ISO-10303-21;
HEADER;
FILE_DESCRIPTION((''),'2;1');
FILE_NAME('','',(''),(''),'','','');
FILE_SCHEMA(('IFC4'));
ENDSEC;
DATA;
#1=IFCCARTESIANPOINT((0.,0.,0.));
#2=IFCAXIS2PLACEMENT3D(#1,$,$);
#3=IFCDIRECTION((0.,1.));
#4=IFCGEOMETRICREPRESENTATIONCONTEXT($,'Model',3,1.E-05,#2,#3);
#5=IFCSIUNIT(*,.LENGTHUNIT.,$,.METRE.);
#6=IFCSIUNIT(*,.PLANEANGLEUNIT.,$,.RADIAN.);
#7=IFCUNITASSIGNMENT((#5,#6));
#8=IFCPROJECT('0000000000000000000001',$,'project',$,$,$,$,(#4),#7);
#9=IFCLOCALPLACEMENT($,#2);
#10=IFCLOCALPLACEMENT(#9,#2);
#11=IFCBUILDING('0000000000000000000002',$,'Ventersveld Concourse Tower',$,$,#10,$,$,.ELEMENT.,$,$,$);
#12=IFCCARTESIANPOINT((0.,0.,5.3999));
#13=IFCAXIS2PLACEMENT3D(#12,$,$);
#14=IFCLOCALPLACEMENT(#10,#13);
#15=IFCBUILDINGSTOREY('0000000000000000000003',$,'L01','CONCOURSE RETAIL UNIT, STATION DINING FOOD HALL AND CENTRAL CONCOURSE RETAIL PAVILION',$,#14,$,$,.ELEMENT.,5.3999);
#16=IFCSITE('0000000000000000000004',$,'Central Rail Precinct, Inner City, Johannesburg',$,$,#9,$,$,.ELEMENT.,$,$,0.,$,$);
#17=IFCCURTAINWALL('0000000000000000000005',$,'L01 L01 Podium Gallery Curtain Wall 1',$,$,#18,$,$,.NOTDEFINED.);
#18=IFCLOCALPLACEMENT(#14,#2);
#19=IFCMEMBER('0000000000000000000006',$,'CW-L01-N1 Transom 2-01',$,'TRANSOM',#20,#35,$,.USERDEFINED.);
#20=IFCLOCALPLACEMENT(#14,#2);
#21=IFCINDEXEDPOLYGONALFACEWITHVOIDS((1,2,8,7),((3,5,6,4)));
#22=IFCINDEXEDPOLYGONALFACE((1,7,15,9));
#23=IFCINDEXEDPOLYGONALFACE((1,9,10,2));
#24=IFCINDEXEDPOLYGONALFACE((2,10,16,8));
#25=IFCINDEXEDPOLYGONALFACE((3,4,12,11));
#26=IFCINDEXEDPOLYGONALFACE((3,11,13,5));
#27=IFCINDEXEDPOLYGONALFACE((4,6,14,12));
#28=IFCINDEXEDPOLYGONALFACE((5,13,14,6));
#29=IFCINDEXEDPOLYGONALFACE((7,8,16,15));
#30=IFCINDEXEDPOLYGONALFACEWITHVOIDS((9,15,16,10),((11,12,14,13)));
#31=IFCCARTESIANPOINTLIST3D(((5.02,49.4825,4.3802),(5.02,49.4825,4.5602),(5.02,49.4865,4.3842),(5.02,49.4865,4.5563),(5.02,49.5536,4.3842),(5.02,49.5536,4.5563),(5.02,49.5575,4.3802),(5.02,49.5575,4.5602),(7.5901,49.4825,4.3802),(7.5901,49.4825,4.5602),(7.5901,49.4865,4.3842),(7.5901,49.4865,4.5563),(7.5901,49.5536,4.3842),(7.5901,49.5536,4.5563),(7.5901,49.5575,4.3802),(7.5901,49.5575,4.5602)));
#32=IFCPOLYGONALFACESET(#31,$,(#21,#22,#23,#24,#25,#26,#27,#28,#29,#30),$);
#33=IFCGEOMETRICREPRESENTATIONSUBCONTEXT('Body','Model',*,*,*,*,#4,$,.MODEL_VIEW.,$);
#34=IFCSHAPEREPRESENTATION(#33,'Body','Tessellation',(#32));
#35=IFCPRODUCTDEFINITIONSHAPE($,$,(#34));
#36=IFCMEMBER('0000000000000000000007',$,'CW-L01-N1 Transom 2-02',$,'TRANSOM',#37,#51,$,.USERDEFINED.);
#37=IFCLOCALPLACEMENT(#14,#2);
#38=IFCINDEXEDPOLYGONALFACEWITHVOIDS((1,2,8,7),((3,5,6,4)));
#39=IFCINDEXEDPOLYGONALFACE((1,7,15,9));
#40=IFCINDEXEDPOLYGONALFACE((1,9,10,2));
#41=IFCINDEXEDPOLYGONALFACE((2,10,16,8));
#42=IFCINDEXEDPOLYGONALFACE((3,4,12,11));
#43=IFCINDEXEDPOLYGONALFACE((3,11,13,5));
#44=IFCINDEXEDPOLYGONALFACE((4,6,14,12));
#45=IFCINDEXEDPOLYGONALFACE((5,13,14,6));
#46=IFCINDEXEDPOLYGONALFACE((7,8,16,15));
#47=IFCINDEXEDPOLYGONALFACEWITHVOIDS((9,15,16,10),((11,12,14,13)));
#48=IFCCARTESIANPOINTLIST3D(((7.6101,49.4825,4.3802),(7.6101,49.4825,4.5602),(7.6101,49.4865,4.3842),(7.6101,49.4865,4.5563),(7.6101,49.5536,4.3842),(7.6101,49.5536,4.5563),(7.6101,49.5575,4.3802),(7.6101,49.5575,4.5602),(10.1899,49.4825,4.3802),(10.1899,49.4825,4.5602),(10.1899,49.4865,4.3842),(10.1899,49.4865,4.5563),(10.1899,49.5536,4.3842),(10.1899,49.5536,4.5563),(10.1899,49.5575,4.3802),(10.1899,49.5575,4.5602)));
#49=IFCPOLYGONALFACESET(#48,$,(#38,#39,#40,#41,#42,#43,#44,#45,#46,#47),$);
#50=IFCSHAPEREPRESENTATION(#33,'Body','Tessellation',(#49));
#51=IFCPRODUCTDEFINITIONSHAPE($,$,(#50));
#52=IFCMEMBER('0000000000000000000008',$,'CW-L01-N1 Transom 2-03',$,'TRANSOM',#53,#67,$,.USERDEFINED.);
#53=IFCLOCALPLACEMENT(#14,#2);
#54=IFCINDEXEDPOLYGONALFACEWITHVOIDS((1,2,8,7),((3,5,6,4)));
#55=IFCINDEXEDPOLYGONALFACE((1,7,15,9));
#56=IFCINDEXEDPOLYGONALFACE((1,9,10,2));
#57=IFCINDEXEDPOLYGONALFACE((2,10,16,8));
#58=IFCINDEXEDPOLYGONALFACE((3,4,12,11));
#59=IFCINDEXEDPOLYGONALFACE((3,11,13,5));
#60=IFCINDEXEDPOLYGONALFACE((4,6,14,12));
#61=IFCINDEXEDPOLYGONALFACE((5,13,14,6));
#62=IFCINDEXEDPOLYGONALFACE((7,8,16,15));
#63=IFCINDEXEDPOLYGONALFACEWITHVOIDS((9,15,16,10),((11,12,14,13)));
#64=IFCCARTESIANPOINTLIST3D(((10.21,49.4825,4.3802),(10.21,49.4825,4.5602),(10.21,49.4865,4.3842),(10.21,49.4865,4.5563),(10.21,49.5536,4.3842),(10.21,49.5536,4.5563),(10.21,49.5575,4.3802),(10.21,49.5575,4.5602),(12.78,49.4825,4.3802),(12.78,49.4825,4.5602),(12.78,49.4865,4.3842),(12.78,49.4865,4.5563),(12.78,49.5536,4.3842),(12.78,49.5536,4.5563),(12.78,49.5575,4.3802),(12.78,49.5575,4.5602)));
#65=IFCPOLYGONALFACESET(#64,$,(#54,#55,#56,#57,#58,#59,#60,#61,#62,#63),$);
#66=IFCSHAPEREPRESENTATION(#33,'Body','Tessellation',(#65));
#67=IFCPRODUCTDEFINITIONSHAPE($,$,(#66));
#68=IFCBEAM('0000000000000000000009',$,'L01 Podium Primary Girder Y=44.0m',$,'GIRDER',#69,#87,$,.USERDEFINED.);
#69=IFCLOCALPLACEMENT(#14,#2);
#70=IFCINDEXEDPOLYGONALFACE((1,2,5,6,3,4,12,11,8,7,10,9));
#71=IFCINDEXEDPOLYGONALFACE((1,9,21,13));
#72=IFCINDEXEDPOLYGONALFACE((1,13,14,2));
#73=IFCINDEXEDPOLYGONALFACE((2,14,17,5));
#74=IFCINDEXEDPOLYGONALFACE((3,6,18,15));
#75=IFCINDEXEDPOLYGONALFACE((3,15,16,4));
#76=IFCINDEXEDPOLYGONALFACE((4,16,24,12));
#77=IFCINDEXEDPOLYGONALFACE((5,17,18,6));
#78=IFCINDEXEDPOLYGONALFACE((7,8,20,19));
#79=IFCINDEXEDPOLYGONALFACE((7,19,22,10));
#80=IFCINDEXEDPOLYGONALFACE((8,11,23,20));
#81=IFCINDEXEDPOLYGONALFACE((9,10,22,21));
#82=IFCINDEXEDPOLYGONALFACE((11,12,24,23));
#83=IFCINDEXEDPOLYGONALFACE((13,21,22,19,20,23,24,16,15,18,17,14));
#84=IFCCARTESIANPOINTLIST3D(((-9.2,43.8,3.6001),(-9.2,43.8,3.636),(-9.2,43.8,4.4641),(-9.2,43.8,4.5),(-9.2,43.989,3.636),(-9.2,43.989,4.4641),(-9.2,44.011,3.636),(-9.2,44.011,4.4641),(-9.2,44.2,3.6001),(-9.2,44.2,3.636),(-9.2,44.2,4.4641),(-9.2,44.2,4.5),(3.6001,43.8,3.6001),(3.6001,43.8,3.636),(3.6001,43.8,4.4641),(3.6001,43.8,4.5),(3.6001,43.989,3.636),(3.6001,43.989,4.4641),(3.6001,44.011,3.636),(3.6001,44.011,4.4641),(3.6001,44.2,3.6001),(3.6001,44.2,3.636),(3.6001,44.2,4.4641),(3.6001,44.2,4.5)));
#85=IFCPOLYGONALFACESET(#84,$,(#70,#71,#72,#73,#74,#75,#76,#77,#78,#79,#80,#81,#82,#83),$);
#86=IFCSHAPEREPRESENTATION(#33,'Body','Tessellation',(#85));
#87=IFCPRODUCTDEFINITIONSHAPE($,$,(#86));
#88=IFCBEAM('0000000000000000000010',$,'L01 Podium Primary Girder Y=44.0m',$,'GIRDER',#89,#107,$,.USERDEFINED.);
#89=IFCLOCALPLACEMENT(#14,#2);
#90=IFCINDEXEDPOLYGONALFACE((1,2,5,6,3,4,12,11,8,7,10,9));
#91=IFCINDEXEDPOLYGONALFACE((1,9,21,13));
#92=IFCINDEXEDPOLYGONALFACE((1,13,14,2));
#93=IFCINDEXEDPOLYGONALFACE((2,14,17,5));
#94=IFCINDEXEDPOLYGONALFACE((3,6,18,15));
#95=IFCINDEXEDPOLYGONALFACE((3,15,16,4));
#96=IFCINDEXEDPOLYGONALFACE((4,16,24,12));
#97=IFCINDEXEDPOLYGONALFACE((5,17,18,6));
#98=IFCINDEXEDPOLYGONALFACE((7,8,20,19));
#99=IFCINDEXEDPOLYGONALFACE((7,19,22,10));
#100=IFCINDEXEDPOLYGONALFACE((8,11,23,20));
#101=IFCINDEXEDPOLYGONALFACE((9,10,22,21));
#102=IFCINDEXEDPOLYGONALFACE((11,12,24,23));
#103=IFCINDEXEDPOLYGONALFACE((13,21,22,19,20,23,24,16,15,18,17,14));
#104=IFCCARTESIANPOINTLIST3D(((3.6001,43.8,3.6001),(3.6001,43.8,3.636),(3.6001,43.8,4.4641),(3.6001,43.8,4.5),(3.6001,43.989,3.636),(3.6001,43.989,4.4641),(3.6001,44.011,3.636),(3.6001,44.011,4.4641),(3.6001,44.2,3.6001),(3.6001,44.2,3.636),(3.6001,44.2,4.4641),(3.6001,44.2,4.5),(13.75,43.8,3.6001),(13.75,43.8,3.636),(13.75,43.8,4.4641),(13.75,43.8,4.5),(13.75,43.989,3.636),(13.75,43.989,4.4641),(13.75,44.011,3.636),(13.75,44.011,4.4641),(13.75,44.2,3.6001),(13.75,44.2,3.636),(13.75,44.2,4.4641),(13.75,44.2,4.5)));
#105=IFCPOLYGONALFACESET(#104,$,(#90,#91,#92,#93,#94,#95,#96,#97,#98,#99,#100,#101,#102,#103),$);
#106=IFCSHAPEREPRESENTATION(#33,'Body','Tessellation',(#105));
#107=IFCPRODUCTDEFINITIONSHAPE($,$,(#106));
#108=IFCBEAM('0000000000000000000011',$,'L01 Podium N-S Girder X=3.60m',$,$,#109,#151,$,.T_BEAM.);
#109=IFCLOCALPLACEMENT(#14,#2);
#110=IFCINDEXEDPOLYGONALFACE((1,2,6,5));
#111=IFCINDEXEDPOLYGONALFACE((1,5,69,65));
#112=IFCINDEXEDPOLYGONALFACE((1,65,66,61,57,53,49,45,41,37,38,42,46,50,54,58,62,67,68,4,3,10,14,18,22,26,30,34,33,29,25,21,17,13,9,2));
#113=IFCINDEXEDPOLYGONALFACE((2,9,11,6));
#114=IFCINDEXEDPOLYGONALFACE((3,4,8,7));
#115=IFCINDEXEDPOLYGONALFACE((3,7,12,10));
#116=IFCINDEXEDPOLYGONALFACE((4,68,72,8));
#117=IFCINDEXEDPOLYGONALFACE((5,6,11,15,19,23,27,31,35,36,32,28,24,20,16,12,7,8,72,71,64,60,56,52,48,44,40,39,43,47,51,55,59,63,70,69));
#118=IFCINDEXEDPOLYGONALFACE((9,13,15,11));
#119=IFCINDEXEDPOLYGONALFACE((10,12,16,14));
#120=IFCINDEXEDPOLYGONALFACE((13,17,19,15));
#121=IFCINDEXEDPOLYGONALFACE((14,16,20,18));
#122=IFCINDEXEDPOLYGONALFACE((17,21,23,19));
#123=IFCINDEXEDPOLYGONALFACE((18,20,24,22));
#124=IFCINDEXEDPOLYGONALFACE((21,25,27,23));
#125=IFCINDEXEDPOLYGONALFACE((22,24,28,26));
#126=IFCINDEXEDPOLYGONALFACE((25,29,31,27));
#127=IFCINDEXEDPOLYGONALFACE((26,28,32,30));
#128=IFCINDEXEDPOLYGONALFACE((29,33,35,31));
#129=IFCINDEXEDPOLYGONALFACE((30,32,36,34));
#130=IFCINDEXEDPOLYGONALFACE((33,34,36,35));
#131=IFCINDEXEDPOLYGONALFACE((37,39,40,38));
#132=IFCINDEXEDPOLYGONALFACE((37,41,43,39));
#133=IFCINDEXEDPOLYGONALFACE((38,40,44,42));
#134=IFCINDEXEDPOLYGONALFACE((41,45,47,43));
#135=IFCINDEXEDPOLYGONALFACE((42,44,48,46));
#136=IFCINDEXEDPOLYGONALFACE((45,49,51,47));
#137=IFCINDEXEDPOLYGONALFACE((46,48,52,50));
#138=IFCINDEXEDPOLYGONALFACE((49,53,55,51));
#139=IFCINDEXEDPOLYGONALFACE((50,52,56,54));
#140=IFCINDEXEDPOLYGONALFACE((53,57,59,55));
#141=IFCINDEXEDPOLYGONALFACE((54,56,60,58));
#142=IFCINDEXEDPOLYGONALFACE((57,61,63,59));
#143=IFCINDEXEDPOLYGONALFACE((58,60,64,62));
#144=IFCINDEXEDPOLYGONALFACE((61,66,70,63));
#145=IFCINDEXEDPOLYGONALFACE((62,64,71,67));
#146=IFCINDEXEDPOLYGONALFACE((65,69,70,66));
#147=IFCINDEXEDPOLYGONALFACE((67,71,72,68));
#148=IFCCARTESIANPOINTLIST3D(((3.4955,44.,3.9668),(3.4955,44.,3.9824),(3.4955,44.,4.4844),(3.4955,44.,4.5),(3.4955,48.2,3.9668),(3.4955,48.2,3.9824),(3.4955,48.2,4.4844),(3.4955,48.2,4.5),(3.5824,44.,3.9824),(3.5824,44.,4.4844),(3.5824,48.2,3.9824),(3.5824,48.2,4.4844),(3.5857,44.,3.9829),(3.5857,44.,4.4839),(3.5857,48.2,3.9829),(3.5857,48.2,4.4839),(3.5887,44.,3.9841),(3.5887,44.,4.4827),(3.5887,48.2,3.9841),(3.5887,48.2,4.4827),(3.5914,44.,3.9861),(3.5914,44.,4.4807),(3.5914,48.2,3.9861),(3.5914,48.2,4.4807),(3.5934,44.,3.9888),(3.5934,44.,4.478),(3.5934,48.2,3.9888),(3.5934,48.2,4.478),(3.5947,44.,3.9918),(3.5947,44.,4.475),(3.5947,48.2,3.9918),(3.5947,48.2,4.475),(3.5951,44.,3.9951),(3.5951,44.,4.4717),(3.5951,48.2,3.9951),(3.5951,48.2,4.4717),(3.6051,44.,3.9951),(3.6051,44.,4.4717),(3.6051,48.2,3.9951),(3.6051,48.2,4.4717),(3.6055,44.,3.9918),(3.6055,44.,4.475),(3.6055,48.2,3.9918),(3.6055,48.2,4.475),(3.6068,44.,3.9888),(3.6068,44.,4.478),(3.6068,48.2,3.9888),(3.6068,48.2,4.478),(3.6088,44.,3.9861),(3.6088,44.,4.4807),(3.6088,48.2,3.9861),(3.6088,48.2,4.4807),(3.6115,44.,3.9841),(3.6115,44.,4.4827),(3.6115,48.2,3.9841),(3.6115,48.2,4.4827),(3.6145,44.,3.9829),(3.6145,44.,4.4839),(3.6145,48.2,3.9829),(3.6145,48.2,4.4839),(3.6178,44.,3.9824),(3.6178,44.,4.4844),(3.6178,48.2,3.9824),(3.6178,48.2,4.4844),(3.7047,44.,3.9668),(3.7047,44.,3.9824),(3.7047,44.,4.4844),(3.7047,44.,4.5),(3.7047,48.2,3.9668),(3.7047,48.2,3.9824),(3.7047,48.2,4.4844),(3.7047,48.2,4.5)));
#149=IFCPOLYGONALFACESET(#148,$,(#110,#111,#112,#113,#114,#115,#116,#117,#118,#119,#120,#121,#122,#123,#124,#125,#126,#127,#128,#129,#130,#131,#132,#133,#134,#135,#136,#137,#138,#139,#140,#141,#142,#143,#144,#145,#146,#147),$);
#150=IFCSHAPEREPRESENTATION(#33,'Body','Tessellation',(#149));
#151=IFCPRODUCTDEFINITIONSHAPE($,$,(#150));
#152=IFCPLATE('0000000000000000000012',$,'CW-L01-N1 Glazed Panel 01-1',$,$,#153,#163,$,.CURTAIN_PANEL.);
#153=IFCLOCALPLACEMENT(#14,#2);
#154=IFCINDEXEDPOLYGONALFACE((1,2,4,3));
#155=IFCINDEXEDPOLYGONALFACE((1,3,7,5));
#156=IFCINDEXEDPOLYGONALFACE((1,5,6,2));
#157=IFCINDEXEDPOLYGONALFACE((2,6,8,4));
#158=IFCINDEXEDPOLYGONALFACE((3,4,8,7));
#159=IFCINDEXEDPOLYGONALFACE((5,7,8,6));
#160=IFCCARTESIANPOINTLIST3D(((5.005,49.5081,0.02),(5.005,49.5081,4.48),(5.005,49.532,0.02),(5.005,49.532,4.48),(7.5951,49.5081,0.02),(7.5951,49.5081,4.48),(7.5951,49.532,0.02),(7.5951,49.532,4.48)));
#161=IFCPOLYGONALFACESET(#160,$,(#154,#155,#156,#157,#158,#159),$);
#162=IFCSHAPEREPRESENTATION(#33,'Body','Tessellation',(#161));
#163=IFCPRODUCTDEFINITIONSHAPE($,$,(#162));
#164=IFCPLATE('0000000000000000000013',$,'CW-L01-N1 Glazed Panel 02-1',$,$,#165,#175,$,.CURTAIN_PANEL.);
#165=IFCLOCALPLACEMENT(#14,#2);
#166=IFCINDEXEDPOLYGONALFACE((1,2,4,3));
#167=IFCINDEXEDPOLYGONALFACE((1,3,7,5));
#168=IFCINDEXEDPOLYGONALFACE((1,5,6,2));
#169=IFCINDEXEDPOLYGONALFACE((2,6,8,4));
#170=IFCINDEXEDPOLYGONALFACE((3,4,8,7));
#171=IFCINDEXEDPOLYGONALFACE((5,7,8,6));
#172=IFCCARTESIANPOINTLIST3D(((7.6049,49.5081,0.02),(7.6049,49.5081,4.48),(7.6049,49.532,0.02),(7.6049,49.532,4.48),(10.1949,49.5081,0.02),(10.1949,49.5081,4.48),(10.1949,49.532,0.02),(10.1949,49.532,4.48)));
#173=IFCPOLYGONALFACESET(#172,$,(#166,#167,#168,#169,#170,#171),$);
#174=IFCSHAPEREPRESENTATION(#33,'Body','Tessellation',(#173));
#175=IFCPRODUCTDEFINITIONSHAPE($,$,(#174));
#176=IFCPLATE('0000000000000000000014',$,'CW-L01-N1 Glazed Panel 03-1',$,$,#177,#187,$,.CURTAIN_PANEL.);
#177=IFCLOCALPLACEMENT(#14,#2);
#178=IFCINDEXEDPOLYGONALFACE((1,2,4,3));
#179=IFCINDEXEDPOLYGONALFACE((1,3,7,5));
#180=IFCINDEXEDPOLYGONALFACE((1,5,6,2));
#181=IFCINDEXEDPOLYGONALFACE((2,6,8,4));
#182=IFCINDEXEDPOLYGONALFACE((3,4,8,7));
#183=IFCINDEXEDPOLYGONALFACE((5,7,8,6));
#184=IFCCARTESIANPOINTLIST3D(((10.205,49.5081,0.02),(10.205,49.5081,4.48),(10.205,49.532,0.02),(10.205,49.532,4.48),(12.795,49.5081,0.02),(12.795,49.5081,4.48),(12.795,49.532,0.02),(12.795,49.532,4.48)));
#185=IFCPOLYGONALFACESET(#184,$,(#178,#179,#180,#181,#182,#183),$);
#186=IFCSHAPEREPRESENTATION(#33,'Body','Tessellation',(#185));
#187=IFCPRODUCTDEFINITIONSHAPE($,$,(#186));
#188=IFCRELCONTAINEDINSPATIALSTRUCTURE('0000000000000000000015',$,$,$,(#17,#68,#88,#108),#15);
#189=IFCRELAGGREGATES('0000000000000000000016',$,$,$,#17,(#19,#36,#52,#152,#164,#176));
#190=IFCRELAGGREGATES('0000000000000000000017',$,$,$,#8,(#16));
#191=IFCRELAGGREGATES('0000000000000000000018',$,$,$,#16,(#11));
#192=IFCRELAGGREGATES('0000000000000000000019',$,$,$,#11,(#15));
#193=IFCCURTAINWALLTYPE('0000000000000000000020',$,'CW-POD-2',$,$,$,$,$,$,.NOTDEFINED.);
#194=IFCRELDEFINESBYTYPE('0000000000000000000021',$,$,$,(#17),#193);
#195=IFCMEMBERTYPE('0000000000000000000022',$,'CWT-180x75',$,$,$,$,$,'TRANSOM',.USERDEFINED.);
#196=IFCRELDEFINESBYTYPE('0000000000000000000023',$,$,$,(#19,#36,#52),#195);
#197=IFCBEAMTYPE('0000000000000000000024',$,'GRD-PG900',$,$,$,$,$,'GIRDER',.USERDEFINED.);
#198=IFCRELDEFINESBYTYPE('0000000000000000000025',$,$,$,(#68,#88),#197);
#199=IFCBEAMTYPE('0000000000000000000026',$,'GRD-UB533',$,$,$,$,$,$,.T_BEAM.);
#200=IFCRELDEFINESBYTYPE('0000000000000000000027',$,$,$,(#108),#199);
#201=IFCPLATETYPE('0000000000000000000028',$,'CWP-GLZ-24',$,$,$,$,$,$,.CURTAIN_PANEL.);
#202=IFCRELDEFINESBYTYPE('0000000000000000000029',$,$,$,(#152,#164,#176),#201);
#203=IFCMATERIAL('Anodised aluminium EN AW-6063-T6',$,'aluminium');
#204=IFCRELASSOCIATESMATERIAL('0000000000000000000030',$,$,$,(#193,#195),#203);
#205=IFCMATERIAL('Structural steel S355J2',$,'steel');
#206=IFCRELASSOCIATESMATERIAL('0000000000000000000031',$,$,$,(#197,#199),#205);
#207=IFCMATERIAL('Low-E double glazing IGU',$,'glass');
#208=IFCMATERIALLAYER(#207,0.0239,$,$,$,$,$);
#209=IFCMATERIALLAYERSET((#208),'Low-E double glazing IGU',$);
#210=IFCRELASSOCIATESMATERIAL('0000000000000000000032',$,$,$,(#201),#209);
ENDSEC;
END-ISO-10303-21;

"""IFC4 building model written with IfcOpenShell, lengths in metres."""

from ifc_helpers import new_model, si_unit, direction, frame, origin, origin_2d, place, context, subcontext, project, spatial, rectangle, hollow_rectangle, i_section, extrude, material, layer, layer_set, material_profile, profile_set, type_object, element, aggregate, save


model = new_model("IFC4")

# Units and contexts
model_context = context("Model", 3, precision=1e-05, world=origin(), true_north=direction((0.0, 1.0)))
body_context = subcontext(model_context, "Body", "Model", "MODEL_VIEW")
ifc_project = project(units=[si_unit("LENGTHUNIT", "METRE"), si_unit("PLANEANGLEUNIT", "RADIAN")], contexts=[model_context])

# Site, building, storey
site_placement = place(None, origin())
site = spatial("IfcSite", under=ifc_project, at=site_placement, Name="Central Rail Precinct, Inner City, Johannesburg", CompositionType="ELEMENT", RefElevation=0.0)
building_placement = place(site_placement, origin())
building = spatial("IfcBuilding", under=site, at=building_placement, Name="Ventersveld Concourse Tower", CompositionType="ELEMENT")
storey_placement = place(building_placement, frame((0.0, 0.0, 5.3999)))
storey = spatial("IfcBuildingStorey", under=building, at=storey_placement, Name="L01", Description="CONCOURSE RETAIL UNIT, STATION DINING FOOD HALL AND CENTRAL CONCOURSE RETAIL PAVILION", CompositionType="ELEMENT", Elevation=5.3999)

# Curtain wall, members
ifc_material_1 = material(Name="Anodised aluminium EN AW-6063-T6", Category="aluminium")
curtain_wall_type = type_object("IfcCurtainWallType", Name="CW-POD-2", PredefinedType="NOTDEFINED", material=ifc_material_1)
curtain_wall_placement = place(storey_placement, origin())
curtain_wall = element("IfcCurtainWall", 1, at=curtain_wall_placement, inside=storey, type_object=curtain_wall_type, Name="L01 L01 Podium Gallery Curtain Wall 1", PredefinedType="NOTDEFINED")
ifc_material_profile_1 = material_profile(ifc_material_1, hollow_rectangle(XDim=0.075, YDim=0.1799, WallThickness=0.0039, at=origin_2d()), Name="ALU 180x75x4")
ifc_profile_set_1 = profile_set([ifc_material_profile_1], Name="Anodised aluminium EN AW-6063-T6")
member_type_1 = type_object("IfcMemberType", Name="CWT-180x75", ElementType="TRANSOM", PredefinedType="USERDEFINED", material=ifc_profile_set_1)
member_1_placement = place(storey_placement, frame((5.02, 49.52, 4.4702), z_axis=(1.0, 0.0, 0.0), x_axis=(0.0, 1.0, 0.0)))
member_1 = element("IfcMember", 2, at=member_1_placement, type_object=member_type_1, Name="CW-L01-N1 Transom 2-01", ObjectType="TRANSOM", PredefinedType="USERDEFINED", context=body_context, shape_type="SweptSolid", body=[
    extrude(hollow_rectangle(XDim=0.075, YDim=0.1799, WallThickness=0.0039, at=origin_2d()), origin(), (0.0, 0.0, 1.0), 2.5701),
])
member_2_placement = place(storey_placement, frame((7.6101, 49.52, 4.4702), z_axis=(1.0, 0.0, 0.0), x_axis=(0.0, 1.0, 0.0)))
member_2 = element("IfcMember", 3, at=member_2_placement, type_object=member_type_1, Name="CW-L01-N1 Transom 2-02", ObjectType="TRANSOM", PredefinedType="USERDEFINED", context=body_context, shape_type="SweptSolid", body=[
    extrude(hollow_rectangle(XDim=0.075, YDim=0.1799, WallThickness=0.0039, at=origin_2d()), origin(), (0.0, 0.0, 1.0), 2.5798),
])
member_3_placement = place(storey_placement, frame((10.21, 49.52, 4.4702), z_axis=(1.0, 0.0, 0.0), x_axis=(0.0, 1.0, 0.0)))
member_3 = element("IfcMember", 4, at=member_3_placement, type_object=member_type_1, Name="CW-L01-N1 Transom 2-03", ObjectType="TRANSOM", PredefinedType="USERDEFINED", context=body_context, shape_type="SweptSolid", body=[
    extrude(hollow_rectangle(XDim=0.075, YDim=0.1799, WallThickness=0.0039, at=origin_2d()), origin(), (0.0, 0.0, 1.0), 2.5701),
])

# Beams
ifc_material_2 = material(Name="Structural steel S355J2", Category="steel")
ifc_material_profile_2 = material_profile(ifc_material_2, i_section(OverallWidth=0.3999, OverallDepth=0.8999, WebThickness=0.022, FlangeThickness=0.0359, at=origin_2d()), Name="PG 900x400x36")
ifc_profile_set_2 = profile_set([ifc_material_profile_2], Name="Structural steel S355J2")
beam_type_1 = type_object("IfcBeamType", Name="GRD-PG900", ElementType="GIRDER", PredefinedType="USERDEFINED", material=ifc_profile_set_2)
beam_1_placement = place(storey_placement, frame((-9.2, 44.0, 4.05), z_axis=(1.0, 0.0, 0.0), x_axis=(0.0, 1.0, 0.0)))
element("IfcBeam", 5, at=beam_1_placement, inside=storey, type_object=beam_type_1, Name="L01 Podium Primary Girder Y=44.0m", ObjectType="GIRDER", PredefinedType="USERDEFINED", context=body_context, shape_type="SweptSolid", body=[
    extrude(i_section(OverallWidth=0.3999, OverallDepth=0.8999, WebThickness=0.022, FlangeThickness=0.0359, at=origin_2d()), origin(), (0.0, 0.0, 1.0), 12.8),
])
beam_2_placement = place(storey_placement, frame((3.6001, 44.0, 4.05), z_axis=(1.0, 0.0, 0.0), x_axis=(0.0, 1.0, 0.0)))
element("IfcBeam", 6, at=beam_2_placement, inside=storey, type_object=beam_type_1, Name="L01 Podium Primary Girder Y=44.0m", ObjectType="GIRDER", PredefinedType="USERDEFINED", context=body_context, shape_type="SweptSolid", body=[
    extrude(i_section(OverallWidth=0.3999, OverallDepth=0.8999, WebThickness=0.022, FlangeThickness=0.0359, at=origin_2d()), origin(), (0.0, 0.0, 1.0), 10.1499),
])
ifc_material_profile_3 = material_profile(ifc_material_2, i_section(OverallWidth=0.2092, OverallDepth=0.5332, WebThickness=0.01, FlangeThickness=0.0156, FilletRadius=0.0127, at=origin_2d()), Name="UB 533x210x92")
ifc_profile_set_3 = profile_set([ifc_material_profile_3], Name="Structural steel S355J2")
beam_type_2 = type_object("IfcBeamType", Name="GRD-UB533", PredefinedType="T_BEAM", material=ifc_profile_set_3)
beam_3_placement = place(storey_placement, frame((3.6001, 44.0, 4.2334), z_axis=(0.0, 1.0, 0.0), x_axis=(-1.0, 0.0, 0.0)))
element("IfcBeam", 7, at=beam_3_placement, inside=storey, type_object=beam_type_2, Name="L01 Podium N-S Girder X=3.60m", PredefinedType="T_BEAM", context=body_context, shape_type="SweptSolid", body=[
    extrude(i_section(OverallWidth=0.2092, OverallDepth=0.5332, WebThickness=0.01, FlangeThickness=0.0156, FilletRadius=0.0127, at=origin_2d()), origin(), (0.0, 0.0, 1.0), 4.2),
])

# Plates
ifc_material_3 = material(Name="Low-E double glazing IGU", Category="glass")
ifc_layer_1 = layer(ifc_material_3, 0.0239)
ifc_layer_set_1 = layer_set([ifc_layer_1], Name="Low-E double glazing IGU")
plate_type = type_object("IfcPlateType", Name="CWP-GLZ-24", PredefinedType="CURTAIN_PANEL", material=ifc_layer_set_1)
plate_1_placement = place(storey_placement, frame((6.3, 49.52, 0.02), z_axis=(0.0, 0.0, 1.0), x_axis=(1.0, 0.0, 0.0)))
plate_1 = element("IfcPlate", 8, at=plate_1_placement, type_object=plate_type, Name="CW-L01-N1 Glazed Panel 01-1", PredefinedType="CURTAIN_PANEL", context=body_context, shape_type="SweptSolid", body=[
    extrude(rectangle(XDim=2.5901, YDim=0.0239, at=origin_2d()), origin(), (0.0, 0.0, 1.0), 4.46),
])
plate_2_placement = place(storey_placement, frame((8.8999, 49.52, 0.02), z_axis=(0.0, 0.0, 1.0), x_axis=(1.0, 0.0, 0.0)))
plate_2 = element("IfcPlate", 9, at=plate_2_placement, type_object=plate_type, Name="CW-L01-N1 Glazed Panel 02-1", PredefinedType="CURTAIN_PANEL", context=body_context, shape_type="SweptSolid", body=[
    extrude(rectangle(XDim=2.5901, YDim=0.0239, at=origin_2d()), origin(), (0.0, 0.0, 1.0), 4.46),
])
plate_3_placement = place(storey_placement, frame((11.5, 49.52, 0.02), z_axis=(0.0, 0.0, 1.0), x_axis=(1.0, 0.0, 0.0)))
plate_3 = element("IfcPlate", 10, at=plate_3_placement, type_object=plate_type, Name="CW-L01-N1 Glazed Panel 03-1", PredefinedType="CURTAIN_PANEL", context=body_context, shape_type="SweptSolid", body=[
    extrude(rectangle(XDim=2.5901, YDim=0.0239, at=origin_2d()), origin(), (0.0, 0.0, 1.0), 4.46),
])
aggregate(curtain_wall, [member_1, member_2, member_3, plate_1, plate_2, plate_3])

save(model, "model.ifc")
